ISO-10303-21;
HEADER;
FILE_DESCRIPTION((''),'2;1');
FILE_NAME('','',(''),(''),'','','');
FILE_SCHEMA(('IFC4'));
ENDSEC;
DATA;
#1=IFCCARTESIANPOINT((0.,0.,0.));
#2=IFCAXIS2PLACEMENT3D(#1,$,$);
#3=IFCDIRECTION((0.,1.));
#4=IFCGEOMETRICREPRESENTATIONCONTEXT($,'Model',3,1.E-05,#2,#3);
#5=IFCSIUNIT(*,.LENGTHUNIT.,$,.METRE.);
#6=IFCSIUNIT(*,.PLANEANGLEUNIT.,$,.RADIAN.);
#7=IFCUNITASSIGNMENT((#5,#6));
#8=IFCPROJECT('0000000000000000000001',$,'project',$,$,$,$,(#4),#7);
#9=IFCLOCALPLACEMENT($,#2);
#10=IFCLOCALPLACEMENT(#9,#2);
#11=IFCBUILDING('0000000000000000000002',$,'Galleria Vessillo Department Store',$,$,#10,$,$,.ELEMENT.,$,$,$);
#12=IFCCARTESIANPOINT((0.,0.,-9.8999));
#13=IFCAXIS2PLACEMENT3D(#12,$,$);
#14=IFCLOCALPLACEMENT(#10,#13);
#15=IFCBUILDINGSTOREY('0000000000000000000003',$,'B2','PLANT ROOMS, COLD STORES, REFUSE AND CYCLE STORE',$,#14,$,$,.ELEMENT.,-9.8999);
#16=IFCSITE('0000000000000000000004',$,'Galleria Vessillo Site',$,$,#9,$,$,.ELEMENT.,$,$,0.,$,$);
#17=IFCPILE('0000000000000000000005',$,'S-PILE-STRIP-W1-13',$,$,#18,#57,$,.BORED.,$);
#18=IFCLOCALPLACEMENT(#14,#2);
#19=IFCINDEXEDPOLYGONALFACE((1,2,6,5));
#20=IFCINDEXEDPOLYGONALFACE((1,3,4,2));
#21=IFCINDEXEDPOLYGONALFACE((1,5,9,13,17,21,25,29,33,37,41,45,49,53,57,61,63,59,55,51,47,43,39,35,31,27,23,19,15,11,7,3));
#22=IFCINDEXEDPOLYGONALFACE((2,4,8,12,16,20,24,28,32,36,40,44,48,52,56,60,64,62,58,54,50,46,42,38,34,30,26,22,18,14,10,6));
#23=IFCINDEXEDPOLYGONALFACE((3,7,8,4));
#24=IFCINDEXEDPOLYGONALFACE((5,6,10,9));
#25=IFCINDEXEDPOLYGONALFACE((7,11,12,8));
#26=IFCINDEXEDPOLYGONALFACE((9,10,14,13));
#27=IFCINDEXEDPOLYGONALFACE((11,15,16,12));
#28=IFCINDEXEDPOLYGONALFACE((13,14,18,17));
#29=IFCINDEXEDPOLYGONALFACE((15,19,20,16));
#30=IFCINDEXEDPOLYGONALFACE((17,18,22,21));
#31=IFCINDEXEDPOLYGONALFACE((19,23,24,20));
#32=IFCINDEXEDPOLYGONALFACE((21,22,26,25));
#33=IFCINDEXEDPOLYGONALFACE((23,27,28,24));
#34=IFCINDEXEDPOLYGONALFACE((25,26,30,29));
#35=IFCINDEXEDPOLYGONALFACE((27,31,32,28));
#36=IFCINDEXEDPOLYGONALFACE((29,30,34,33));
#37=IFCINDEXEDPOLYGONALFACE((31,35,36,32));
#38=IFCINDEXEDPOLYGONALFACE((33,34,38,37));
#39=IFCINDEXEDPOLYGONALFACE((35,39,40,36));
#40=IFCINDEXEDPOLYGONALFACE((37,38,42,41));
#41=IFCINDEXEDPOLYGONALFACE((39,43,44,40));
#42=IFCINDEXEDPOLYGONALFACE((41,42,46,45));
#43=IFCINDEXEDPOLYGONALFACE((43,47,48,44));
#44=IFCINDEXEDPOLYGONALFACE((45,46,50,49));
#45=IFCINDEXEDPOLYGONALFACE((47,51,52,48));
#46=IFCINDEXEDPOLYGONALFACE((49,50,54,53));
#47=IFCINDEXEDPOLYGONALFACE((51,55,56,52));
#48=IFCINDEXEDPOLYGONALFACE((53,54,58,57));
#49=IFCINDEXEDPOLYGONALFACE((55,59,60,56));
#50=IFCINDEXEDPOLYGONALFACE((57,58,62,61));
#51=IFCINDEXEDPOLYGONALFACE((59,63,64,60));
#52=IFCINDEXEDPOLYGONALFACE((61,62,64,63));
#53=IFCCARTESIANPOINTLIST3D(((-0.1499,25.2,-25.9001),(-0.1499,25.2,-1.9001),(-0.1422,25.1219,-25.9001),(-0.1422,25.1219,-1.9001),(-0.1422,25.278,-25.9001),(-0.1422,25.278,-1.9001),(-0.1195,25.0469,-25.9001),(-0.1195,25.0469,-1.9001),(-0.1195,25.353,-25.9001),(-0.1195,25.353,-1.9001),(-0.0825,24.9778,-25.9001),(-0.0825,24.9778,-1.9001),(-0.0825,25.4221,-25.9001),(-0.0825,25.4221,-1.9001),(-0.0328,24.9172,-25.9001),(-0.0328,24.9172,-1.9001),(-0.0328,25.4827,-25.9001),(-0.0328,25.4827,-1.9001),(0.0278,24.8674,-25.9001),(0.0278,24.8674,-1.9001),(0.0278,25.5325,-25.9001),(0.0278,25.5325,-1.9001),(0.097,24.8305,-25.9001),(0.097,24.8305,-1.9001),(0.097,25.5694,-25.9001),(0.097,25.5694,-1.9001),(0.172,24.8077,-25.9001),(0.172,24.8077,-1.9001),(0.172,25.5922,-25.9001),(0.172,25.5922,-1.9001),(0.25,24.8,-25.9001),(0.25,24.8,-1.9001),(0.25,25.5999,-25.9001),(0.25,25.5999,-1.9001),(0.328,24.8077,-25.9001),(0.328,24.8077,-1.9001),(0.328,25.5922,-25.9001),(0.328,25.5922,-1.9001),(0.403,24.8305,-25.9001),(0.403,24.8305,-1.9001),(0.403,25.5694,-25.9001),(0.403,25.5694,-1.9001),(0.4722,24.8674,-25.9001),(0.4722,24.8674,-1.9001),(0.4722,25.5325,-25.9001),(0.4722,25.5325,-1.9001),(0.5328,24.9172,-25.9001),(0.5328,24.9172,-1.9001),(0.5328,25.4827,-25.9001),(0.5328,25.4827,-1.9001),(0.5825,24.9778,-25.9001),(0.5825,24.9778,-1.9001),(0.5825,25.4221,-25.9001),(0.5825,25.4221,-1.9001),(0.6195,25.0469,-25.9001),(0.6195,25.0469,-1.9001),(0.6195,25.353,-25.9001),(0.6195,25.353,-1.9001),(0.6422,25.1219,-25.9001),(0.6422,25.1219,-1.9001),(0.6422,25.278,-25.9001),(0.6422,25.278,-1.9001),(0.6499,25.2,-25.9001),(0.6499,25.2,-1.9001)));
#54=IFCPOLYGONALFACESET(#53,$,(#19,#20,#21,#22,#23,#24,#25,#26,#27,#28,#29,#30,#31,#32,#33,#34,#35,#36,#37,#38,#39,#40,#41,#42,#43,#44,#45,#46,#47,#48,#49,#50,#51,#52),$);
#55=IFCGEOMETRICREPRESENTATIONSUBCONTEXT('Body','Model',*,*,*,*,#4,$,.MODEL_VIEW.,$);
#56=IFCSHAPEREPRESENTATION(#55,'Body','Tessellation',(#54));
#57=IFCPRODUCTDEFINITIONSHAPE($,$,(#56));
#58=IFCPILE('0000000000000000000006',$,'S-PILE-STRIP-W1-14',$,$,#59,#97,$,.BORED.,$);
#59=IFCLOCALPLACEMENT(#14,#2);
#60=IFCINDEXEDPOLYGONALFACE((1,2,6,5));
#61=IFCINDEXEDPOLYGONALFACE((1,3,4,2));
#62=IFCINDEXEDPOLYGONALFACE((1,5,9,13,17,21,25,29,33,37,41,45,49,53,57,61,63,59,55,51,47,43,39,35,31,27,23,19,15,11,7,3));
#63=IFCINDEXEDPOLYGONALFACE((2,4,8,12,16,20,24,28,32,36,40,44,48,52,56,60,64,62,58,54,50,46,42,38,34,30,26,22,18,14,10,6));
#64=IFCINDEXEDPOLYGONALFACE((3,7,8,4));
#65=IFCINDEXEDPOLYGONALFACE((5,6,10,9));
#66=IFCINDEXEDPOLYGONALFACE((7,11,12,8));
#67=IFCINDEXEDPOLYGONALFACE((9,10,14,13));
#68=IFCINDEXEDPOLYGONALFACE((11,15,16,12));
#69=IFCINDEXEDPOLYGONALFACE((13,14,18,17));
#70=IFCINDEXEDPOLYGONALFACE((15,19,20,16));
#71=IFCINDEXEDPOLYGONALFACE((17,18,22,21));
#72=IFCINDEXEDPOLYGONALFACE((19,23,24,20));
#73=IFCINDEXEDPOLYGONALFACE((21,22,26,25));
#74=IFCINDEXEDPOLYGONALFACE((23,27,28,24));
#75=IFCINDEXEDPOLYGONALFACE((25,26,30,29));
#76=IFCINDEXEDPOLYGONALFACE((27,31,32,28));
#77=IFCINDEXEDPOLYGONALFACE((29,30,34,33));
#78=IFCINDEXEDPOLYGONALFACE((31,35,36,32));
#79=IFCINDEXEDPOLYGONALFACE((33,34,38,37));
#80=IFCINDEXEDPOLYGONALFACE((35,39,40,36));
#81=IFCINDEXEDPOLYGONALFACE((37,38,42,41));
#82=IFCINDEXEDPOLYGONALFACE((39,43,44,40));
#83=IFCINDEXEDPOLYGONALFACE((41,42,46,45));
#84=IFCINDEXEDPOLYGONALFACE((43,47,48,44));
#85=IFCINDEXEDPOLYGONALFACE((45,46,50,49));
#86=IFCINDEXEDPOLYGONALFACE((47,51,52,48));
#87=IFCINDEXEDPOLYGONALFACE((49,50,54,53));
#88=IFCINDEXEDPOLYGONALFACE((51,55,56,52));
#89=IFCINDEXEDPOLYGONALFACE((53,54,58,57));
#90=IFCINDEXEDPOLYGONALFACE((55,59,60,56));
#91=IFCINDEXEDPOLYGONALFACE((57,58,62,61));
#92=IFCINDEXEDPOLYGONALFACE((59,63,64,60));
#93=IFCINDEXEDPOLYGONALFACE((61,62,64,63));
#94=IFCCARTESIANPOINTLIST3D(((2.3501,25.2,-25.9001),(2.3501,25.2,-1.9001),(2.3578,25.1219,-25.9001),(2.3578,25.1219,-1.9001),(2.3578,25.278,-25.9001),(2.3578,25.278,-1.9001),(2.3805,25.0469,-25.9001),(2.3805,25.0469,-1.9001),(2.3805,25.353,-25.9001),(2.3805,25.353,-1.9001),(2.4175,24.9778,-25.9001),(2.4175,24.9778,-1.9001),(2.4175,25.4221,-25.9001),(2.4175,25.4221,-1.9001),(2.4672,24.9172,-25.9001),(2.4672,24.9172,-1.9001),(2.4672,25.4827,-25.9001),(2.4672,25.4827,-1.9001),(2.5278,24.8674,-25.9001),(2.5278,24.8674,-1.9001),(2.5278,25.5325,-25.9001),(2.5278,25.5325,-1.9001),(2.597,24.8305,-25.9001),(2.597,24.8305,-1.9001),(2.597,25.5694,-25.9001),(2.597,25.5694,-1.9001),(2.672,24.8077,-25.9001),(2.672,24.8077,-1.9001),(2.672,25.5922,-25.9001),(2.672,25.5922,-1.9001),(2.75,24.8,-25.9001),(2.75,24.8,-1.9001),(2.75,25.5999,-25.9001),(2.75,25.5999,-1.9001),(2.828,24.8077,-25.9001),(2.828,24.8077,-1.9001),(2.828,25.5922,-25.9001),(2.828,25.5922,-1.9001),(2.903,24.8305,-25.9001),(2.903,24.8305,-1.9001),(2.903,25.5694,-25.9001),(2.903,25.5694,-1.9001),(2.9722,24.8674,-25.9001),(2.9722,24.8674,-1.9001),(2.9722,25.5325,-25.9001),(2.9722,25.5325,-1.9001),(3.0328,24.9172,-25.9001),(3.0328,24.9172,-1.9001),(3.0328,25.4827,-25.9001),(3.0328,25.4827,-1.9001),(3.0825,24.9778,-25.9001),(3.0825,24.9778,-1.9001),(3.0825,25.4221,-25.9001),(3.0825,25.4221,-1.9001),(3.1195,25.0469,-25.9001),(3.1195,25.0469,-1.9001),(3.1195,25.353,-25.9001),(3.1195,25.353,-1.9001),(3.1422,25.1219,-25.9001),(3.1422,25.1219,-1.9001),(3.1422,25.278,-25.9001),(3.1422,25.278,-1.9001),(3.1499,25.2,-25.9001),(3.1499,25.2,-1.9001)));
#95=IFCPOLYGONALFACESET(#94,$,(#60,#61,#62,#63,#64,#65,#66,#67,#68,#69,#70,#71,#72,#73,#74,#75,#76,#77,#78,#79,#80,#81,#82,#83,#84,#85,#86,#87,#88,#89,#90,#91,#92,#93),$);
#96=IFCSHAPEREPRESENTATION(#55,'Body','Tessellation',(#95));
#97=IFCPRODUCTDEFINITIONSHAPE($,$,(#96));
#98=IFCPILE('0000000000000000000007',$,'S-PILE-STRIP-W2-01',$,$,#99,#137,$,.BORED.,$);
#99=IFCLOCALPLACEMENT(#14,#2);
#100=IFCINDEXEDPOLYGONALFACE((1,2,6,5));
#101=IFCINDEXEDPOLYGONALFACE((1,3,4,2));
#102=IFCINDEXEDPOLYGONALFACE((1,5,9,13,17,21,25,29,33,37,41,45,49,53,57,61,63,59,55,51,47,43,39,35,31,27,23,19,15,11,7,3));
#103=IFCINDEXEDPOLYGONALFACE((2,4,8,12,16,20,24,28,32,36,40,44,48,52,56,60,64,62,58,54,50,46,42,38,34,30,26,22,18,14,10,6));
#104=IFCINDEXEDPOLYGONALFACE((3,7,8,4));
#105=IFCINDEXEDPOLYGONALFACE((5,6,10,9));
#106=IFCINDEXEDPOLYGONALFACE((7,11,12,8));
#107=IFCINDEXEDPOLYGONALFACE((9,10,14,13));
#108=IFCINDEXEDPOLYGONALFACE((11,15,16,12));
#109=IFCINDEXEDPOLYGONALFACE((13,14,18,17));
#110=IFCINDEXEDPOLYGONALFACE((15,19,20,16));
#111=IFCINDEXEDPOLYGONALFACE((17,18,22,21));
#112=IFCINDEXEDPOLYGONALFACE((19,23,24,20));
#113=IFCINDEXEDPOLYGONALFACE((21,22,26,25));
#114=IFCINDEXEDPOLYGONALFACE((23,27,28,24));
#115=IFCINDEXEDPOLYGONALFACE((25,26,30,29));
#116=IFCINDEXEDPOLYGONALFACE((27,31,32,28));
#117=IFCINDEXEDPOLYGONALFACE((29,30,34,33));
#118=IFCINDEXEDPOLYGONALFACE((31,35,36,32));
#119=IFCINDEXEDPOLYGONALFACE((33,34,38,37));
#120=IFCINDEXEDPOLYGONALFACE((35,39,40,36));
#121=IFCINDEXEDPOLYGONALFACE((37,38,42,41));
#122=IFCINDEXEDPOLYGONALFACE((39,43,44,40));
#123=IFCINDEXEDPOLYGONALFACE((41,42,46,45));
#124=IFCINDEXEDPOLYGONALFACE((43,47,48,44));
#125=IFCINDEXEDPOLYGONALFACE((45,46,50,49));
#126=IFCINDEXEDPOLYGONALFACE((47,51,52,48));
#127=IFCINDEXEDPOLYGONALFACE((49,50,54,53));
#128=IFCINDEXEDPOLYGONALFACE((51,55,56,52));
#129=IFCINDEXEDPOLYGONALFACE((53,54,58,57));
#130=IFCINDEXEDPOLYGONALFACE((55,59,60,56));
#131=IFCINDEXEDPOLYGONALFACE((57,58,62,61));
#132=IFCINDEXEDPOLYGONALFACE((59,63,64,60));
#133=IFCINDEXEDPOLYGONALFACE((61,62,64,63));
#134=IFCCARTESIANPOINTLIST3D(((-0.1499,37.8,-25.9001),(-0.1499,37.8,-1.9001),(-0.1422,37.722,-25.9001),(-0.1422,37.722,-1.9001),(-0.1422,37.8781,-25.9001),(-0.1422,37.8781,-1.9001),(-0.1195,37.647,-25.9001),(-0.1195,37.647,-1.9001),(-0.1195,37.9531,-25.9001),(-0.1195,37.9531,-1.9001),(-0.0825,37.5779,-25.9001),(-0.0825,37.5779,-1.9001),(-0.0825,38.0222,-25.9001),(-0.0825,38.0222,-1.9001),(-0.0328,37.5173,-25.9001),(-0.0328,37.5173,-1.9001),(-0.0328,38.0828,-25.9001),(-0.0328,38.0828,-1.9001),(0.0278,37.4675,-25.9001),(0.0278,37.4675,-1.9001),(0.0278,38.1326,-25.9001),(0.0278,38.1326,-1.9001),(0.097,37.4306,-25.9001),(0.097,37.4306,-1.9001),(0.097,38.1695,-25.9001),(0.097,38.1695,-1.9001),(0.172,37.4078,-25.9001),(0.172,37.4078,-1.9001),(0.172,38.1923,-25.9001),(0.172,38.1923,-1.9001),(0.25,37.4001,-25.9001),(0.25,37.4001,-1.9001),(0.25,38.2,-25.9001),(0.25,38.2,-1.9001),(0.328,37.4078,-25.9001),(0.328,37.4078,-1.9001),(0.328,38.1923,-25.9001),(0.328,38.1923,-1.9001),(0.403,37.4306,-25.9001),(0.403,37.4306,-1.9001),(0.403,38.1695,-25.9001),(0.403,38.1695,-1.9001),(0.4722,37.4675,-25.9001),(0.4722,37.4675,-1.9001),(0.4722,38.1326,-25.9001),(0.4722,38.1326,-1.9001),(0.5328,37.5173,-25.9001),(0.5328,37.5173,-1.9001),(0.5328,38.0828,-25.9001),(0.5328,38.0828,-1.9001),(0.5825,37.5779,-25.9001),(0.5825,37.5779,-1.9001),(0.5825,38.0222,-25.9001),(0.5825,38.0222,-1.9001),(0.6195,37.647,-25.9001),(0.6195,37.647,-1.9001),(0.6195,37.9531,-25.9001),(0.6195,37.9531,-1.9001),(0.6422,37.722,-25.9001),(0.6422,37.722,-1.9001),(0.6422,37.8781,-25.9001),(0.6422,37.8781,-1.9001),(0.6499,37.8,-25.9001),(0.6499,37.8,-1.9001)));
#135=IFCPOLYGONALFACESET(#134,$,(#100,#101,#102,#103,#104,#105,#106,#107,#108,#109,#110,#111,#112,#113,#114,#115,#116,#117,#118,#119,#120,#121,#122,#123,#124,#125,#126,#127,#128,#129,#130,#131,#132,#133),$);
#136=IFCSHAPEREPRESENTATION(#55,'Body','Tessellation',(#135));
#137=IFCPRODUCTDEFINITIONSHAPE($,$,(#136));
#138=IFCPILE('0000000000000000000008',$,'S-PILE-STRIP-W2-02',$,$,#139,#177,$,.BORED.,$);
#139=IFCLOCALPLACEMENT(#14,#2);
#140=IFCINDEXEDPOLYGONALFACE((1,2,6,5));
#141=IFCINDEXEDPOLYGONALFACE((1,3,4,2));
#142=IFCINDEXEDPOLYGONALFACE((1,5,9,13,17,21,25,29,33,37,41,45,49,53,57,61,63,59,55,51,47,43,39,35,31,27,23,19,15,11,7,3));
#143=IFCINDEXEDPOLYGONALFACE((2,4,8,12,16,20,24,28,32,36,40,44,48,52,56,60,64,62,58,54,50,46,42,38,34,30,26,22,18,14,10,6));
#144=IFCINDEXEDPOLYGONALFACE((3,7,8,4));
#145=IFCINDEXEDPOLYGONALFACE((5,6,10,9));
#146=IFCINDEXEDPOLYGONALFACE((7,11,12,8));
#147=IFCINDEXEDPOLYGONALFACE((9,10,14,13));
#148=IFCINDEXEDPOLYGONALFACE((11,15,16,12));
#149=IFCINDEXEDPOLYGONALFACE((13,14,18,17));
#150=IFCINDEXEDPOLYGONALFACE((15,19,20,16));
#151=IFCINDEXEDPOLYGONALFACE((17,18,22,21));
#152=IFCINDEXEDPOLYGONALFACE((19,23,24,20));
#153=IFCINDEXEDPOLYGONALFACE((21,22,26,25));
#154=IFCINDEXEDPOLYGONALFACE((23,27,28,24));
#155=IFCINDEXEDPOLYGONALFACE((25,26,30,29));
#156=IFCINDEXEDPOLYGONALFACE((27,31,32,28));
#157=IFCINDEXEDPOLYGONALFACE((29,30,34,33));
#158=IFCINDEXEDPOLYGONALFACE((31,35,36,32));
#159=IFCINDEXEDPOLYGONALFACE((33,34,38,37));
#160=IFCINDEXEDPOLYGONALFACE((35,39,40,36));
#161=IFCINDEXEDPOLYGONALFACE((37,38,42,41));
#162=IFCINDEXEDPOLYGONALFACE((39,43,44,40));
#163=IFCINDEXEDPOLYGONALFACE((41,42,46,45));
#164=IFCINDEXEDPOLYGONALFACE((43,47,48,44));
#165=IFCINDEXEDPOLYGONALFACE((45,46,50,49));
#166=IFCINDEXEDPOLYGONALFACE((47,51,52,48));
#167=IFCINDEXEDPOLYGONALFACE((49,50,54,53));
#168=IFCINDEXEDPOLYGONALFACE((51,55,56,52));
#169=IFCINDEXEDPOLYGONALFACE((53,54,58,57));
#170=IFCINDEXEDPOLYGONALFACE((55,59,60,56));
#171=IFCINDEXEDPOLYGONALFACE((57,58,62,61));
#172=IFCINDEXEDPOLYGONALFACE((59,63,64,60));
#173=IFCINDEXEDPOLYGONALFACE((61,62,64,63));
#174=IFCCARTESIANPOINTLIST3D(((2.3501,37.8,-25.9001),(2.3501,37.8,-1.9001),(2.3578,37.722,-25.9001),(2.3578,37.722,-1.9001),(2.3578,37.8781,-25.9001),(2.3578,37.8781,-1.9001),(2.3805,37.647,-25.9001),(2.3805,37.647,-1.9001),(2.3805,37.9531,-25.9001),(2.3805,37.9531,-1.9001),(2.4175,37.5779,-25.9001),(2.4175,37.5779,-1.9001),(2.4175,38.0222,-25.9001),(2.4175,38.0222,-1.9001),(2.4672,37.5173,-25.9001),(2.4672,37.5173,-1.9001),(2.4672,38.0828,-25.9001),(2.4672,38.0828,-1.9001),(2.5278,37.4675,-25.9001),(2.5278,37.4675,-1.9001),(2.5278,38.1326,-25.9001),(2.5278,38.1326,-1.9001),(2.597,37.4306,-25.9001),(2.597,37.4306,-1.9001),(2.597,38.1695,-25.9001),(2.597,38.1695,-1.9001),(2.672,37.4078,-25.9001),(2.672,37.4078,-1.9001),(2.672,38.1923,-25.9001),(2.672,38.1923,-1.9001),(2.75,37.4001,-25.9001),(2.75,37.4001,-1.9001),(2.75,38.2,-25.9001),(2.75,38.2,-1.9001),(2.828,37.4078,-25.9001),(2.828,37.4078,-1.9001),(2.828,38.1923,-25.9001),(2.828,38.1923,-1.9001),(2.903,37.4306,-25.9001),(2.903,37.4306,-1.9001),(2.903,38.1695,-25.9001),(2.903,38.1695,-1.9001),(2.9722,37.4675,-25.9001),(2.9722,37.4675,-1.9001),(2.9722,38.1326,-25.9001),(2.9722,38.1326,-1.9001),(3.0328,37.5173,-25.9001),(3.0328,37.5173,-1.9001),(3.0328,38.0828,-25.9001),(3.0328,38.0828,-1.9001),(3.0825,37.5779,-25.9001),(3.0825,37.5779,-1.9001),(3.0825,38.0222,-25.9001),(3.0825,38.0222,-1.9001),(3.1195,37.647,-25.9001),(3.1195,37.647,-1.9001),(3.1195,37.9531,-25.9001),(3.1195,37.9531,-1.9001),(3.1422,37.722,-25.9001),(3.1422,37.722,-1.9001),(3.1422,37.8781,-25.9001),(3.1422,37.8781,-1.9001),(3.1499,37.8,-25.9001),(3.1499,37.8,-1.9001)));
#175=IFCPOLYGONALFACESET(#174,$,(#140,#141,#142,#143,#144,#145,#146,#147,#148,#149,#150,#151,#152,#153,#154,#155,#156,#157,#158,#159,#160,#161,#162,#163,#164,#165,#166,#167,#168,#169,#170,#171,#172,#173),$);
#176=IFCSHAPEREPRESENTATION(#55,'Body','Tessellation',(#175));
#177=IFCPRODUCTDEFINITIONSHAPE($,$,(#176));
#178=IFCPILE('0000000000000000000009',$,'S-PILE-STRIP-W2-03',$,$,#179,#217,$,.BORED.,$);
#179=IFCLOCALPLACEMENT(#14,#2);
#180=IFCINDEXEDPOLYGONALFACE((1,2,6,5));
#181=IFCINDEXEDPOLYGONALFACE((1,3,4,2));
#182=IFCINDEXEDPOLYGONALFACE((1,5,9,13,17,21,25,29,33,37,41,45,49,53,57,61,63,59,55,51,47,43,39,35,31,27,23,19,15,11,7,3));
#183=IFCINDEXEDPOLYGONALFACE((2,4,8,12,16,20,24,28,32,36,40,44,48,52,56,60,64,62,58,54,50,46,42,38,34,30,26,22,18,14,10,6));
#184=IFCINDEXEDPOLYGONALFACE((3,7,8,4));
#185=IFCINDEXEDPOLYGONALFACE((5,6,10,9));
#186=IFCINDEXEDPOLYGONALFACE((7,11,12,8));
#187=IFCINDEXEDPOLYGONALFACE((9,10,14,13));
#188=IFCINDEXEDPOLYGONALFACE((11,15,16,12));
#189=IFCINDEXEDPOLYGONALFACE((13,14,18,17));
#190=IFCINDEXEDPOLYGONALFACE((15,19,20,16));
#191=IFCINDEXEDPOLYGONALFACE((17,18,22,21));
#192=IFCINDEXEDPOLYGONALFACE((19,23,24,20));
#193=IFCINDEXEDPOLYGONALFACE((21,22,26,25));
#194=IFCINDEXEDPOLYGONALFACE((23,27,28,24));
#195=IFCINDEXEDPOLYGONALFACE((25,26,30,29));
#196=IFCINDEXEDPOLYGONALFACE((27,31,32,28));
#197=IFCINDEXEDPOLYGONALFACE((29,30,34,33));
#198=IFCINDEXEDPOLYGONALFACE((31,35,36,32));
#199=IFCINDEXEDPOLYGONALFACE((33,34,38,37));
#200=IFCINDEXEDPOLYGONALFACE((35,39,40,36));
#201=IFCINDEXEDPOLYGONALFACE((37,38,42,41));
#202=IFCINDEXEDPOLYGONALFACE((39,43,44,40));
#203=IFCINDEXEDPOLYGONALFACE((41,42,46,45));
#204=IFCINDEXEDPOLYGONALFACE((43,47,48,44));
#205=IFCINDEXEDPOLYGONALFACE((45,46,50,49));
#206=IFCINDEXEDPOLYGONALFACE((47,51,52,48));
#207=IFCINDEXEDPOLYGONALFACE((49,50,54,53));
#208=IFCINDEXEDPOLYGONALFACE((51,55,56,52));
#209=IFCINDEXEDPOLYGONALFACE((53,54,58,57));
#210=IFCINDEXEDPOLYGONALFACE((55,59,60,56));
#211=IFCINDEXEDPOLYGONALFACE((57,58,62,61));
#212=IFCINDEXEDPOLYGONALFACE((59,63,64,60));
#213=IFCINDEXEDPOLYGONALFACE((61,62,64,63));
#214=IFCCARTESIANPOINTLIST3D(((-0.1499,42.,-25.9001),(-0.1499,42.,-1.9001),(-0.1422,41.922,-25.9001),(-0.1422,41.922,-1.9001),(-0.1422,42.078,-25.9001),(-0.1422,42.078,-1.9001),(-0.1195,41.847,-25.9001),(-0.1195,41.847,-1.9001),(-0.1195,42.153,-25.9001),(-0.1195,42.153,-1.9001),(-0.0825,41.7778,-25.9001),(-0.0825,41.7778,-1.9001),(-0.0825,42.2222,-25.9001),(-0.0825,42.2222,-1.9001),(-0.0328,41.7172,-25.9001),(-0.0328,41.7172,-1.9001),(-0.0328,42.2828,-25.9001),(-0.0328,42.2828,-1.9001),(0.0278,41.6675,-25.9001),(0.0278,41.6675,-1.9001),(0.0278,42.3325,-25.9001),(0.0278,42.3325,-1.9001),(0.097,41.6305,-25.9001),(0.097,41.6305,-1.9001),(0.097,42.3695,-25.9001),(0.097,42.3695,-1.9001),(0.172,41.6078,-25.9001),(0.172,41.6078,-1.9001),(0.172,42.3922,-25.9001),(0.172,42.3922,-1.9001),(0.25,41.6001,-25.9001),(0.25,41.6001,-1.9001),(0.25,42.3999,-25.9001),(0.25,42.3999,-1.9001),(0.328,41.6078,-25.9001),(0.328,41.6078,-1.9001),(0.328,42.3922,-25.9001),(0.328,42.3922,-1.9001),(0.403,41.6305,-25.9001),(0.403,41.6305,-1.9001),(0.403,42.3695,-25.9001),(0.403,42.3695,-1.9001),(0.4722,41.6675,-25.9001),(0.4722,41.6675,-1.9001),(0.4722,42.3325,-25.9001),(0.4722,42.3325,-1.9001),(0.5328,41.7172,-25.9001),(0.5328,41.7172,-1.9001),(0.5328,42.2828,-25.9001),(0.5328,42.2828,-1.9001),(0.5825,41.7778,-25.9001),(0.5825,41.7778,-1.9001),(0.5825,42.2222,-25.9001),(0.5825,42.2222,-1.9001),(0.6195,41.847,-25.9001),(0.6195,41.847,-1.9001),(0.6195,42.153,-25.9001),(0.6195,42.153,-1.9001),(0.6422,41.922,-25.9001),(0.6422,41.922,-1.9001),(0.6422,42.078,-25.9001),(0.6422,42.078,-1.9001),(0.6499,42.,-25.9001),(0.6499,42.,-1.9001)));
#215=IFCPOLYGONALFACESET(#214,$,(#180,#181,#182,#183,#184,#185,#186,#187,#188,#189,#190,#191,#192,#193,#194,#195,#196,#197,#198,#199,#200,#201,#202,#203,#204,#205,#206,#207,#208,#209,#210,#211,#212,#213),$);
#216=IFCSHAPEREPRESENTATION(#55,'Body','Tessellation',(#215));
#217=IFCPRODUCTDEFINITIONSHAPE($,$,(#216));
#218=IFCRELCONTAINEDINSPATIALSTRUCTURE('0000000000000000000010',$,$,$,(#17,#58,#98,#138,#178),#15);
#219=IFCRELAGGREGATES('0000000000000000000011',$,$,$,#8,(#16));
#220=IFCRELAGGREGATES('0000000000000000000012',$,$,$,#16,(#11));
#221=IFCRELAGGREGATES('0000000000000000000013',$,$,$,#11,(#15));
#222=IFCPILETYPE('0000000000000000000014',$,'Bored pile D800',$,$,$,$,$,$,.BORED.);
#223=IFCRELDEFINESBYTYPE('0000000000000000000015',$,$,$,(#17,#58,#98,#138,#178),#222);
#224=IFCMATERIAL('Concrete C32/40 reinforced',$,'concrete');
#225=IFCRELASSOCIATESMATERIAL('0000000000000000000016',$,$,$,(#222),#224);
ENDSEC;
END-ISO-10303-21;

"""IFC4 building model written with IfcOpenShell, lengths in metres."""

from ifc_helpers import new_model, si_unit, direction, frame, origin, origin_2d, place, context, subcontext, project, spatial, circle, extrude, material, material_profile, profile_set, type_object, element, save


model = new_model("IFC4")

# Units and contexts
model_context = context("Model", 3, precision=1e-05, world=origin(), true_north=direction((0.0, 1.0)))
body_context = subcontext(model_context, "Body", "Model", "MODEL_VIEW")
ifc_project = project(units=[si_unit("LENGTHUNIT", "METRE"), si_unit("PLANEANGLEUNIT", "RADIAN")], contexts=[model_context])

# Site, building, storey
site_placement = place(None, origin())
site = spatial("IfcSite", under=ifc_project, at=site_placement, Name="Galleria Vessillo Site", CompositionType="ELEMENT", RefElevation=0.0)
building_placement = place(site_placement, origin())
building = spatial("IfcBuilding", under=site, at=building_placement, Name="Galleria Vessillo Department Store", CompositionType="ELEMENT")
storey_placement = place(building_placement, frame((0.0, 0.0, -9.8999)))
storey = spatial("IfcBuildingStorey", under=building, at=storey_placement, Name="B2", Description="PLANT ROOMS, COLD STORES, REFUSE AND CYCLE STORE", CompositionType="ELEMENT", Elevation=-9.8999)

# Piles
ifc_material_1 = material(Name="Concrete C32/40 reinforced", Category="concrete")
ifc_material_profile_1 = material_profile(ifc_material_1, circle(Radius=0.3999, at=origin_2d()), Name="Bored pile D800")
ifc_profile_set_1 = profile_set([ifc_material_profile_1], Name="Concrete C32/40 reinforced")
pile_type = type_object("IfcPileType", Name="Bored pile D800", PredefinedType="BORED", material=ifc_profile_set_1)
for number, where, z_axis, x_axis, name in (
    (1, (0.25, 25.2, -1.9001), (0.0, 0.0, -1.0), (1.0, 0.0, 0.0), "S-PILE-STRIP-W1-13"),
    (2, (2.75, 25.2, -1.9001), (0.0, 0.0, -1.0), (1.0, 0.0, 0.0), "S-PILE-STRIP-W1-14"),
    (3, (0.25, 37.8, -1.9001), (0.0, 0.0, -1.0), (1.0, 0.0, 0.0), "S-PILE-STRIP-W2-01"),
    (4, (2.75, 37.8, -1.9001), (0.0, 0.0, -1.0), (1.0, 0.0, 0.0), "S-PILE-STRIP-W2-02"),
    (5, (0.25, 42.0, -1.9001), (0.0, 0.0, -1.0), (1.0, 0.0, 0.0), "S-PILE-STRIP-W2-03"),
):
    element("IfcPile", number, at=place(storey_placement, frame(where, z_axis=z_axis, x_axis=x_axis)), inside=storey, type_object=pile_type, Name=name, PredefinedType="BORED", context=body_context, shape_type="SweptSolid", body=[
        extrude(circle(Radius=0.3999, at=origin_2d()), origin(), (0.0, 0.0, 1.0), 24.0),
    ])

save(model, "model.ifc")
